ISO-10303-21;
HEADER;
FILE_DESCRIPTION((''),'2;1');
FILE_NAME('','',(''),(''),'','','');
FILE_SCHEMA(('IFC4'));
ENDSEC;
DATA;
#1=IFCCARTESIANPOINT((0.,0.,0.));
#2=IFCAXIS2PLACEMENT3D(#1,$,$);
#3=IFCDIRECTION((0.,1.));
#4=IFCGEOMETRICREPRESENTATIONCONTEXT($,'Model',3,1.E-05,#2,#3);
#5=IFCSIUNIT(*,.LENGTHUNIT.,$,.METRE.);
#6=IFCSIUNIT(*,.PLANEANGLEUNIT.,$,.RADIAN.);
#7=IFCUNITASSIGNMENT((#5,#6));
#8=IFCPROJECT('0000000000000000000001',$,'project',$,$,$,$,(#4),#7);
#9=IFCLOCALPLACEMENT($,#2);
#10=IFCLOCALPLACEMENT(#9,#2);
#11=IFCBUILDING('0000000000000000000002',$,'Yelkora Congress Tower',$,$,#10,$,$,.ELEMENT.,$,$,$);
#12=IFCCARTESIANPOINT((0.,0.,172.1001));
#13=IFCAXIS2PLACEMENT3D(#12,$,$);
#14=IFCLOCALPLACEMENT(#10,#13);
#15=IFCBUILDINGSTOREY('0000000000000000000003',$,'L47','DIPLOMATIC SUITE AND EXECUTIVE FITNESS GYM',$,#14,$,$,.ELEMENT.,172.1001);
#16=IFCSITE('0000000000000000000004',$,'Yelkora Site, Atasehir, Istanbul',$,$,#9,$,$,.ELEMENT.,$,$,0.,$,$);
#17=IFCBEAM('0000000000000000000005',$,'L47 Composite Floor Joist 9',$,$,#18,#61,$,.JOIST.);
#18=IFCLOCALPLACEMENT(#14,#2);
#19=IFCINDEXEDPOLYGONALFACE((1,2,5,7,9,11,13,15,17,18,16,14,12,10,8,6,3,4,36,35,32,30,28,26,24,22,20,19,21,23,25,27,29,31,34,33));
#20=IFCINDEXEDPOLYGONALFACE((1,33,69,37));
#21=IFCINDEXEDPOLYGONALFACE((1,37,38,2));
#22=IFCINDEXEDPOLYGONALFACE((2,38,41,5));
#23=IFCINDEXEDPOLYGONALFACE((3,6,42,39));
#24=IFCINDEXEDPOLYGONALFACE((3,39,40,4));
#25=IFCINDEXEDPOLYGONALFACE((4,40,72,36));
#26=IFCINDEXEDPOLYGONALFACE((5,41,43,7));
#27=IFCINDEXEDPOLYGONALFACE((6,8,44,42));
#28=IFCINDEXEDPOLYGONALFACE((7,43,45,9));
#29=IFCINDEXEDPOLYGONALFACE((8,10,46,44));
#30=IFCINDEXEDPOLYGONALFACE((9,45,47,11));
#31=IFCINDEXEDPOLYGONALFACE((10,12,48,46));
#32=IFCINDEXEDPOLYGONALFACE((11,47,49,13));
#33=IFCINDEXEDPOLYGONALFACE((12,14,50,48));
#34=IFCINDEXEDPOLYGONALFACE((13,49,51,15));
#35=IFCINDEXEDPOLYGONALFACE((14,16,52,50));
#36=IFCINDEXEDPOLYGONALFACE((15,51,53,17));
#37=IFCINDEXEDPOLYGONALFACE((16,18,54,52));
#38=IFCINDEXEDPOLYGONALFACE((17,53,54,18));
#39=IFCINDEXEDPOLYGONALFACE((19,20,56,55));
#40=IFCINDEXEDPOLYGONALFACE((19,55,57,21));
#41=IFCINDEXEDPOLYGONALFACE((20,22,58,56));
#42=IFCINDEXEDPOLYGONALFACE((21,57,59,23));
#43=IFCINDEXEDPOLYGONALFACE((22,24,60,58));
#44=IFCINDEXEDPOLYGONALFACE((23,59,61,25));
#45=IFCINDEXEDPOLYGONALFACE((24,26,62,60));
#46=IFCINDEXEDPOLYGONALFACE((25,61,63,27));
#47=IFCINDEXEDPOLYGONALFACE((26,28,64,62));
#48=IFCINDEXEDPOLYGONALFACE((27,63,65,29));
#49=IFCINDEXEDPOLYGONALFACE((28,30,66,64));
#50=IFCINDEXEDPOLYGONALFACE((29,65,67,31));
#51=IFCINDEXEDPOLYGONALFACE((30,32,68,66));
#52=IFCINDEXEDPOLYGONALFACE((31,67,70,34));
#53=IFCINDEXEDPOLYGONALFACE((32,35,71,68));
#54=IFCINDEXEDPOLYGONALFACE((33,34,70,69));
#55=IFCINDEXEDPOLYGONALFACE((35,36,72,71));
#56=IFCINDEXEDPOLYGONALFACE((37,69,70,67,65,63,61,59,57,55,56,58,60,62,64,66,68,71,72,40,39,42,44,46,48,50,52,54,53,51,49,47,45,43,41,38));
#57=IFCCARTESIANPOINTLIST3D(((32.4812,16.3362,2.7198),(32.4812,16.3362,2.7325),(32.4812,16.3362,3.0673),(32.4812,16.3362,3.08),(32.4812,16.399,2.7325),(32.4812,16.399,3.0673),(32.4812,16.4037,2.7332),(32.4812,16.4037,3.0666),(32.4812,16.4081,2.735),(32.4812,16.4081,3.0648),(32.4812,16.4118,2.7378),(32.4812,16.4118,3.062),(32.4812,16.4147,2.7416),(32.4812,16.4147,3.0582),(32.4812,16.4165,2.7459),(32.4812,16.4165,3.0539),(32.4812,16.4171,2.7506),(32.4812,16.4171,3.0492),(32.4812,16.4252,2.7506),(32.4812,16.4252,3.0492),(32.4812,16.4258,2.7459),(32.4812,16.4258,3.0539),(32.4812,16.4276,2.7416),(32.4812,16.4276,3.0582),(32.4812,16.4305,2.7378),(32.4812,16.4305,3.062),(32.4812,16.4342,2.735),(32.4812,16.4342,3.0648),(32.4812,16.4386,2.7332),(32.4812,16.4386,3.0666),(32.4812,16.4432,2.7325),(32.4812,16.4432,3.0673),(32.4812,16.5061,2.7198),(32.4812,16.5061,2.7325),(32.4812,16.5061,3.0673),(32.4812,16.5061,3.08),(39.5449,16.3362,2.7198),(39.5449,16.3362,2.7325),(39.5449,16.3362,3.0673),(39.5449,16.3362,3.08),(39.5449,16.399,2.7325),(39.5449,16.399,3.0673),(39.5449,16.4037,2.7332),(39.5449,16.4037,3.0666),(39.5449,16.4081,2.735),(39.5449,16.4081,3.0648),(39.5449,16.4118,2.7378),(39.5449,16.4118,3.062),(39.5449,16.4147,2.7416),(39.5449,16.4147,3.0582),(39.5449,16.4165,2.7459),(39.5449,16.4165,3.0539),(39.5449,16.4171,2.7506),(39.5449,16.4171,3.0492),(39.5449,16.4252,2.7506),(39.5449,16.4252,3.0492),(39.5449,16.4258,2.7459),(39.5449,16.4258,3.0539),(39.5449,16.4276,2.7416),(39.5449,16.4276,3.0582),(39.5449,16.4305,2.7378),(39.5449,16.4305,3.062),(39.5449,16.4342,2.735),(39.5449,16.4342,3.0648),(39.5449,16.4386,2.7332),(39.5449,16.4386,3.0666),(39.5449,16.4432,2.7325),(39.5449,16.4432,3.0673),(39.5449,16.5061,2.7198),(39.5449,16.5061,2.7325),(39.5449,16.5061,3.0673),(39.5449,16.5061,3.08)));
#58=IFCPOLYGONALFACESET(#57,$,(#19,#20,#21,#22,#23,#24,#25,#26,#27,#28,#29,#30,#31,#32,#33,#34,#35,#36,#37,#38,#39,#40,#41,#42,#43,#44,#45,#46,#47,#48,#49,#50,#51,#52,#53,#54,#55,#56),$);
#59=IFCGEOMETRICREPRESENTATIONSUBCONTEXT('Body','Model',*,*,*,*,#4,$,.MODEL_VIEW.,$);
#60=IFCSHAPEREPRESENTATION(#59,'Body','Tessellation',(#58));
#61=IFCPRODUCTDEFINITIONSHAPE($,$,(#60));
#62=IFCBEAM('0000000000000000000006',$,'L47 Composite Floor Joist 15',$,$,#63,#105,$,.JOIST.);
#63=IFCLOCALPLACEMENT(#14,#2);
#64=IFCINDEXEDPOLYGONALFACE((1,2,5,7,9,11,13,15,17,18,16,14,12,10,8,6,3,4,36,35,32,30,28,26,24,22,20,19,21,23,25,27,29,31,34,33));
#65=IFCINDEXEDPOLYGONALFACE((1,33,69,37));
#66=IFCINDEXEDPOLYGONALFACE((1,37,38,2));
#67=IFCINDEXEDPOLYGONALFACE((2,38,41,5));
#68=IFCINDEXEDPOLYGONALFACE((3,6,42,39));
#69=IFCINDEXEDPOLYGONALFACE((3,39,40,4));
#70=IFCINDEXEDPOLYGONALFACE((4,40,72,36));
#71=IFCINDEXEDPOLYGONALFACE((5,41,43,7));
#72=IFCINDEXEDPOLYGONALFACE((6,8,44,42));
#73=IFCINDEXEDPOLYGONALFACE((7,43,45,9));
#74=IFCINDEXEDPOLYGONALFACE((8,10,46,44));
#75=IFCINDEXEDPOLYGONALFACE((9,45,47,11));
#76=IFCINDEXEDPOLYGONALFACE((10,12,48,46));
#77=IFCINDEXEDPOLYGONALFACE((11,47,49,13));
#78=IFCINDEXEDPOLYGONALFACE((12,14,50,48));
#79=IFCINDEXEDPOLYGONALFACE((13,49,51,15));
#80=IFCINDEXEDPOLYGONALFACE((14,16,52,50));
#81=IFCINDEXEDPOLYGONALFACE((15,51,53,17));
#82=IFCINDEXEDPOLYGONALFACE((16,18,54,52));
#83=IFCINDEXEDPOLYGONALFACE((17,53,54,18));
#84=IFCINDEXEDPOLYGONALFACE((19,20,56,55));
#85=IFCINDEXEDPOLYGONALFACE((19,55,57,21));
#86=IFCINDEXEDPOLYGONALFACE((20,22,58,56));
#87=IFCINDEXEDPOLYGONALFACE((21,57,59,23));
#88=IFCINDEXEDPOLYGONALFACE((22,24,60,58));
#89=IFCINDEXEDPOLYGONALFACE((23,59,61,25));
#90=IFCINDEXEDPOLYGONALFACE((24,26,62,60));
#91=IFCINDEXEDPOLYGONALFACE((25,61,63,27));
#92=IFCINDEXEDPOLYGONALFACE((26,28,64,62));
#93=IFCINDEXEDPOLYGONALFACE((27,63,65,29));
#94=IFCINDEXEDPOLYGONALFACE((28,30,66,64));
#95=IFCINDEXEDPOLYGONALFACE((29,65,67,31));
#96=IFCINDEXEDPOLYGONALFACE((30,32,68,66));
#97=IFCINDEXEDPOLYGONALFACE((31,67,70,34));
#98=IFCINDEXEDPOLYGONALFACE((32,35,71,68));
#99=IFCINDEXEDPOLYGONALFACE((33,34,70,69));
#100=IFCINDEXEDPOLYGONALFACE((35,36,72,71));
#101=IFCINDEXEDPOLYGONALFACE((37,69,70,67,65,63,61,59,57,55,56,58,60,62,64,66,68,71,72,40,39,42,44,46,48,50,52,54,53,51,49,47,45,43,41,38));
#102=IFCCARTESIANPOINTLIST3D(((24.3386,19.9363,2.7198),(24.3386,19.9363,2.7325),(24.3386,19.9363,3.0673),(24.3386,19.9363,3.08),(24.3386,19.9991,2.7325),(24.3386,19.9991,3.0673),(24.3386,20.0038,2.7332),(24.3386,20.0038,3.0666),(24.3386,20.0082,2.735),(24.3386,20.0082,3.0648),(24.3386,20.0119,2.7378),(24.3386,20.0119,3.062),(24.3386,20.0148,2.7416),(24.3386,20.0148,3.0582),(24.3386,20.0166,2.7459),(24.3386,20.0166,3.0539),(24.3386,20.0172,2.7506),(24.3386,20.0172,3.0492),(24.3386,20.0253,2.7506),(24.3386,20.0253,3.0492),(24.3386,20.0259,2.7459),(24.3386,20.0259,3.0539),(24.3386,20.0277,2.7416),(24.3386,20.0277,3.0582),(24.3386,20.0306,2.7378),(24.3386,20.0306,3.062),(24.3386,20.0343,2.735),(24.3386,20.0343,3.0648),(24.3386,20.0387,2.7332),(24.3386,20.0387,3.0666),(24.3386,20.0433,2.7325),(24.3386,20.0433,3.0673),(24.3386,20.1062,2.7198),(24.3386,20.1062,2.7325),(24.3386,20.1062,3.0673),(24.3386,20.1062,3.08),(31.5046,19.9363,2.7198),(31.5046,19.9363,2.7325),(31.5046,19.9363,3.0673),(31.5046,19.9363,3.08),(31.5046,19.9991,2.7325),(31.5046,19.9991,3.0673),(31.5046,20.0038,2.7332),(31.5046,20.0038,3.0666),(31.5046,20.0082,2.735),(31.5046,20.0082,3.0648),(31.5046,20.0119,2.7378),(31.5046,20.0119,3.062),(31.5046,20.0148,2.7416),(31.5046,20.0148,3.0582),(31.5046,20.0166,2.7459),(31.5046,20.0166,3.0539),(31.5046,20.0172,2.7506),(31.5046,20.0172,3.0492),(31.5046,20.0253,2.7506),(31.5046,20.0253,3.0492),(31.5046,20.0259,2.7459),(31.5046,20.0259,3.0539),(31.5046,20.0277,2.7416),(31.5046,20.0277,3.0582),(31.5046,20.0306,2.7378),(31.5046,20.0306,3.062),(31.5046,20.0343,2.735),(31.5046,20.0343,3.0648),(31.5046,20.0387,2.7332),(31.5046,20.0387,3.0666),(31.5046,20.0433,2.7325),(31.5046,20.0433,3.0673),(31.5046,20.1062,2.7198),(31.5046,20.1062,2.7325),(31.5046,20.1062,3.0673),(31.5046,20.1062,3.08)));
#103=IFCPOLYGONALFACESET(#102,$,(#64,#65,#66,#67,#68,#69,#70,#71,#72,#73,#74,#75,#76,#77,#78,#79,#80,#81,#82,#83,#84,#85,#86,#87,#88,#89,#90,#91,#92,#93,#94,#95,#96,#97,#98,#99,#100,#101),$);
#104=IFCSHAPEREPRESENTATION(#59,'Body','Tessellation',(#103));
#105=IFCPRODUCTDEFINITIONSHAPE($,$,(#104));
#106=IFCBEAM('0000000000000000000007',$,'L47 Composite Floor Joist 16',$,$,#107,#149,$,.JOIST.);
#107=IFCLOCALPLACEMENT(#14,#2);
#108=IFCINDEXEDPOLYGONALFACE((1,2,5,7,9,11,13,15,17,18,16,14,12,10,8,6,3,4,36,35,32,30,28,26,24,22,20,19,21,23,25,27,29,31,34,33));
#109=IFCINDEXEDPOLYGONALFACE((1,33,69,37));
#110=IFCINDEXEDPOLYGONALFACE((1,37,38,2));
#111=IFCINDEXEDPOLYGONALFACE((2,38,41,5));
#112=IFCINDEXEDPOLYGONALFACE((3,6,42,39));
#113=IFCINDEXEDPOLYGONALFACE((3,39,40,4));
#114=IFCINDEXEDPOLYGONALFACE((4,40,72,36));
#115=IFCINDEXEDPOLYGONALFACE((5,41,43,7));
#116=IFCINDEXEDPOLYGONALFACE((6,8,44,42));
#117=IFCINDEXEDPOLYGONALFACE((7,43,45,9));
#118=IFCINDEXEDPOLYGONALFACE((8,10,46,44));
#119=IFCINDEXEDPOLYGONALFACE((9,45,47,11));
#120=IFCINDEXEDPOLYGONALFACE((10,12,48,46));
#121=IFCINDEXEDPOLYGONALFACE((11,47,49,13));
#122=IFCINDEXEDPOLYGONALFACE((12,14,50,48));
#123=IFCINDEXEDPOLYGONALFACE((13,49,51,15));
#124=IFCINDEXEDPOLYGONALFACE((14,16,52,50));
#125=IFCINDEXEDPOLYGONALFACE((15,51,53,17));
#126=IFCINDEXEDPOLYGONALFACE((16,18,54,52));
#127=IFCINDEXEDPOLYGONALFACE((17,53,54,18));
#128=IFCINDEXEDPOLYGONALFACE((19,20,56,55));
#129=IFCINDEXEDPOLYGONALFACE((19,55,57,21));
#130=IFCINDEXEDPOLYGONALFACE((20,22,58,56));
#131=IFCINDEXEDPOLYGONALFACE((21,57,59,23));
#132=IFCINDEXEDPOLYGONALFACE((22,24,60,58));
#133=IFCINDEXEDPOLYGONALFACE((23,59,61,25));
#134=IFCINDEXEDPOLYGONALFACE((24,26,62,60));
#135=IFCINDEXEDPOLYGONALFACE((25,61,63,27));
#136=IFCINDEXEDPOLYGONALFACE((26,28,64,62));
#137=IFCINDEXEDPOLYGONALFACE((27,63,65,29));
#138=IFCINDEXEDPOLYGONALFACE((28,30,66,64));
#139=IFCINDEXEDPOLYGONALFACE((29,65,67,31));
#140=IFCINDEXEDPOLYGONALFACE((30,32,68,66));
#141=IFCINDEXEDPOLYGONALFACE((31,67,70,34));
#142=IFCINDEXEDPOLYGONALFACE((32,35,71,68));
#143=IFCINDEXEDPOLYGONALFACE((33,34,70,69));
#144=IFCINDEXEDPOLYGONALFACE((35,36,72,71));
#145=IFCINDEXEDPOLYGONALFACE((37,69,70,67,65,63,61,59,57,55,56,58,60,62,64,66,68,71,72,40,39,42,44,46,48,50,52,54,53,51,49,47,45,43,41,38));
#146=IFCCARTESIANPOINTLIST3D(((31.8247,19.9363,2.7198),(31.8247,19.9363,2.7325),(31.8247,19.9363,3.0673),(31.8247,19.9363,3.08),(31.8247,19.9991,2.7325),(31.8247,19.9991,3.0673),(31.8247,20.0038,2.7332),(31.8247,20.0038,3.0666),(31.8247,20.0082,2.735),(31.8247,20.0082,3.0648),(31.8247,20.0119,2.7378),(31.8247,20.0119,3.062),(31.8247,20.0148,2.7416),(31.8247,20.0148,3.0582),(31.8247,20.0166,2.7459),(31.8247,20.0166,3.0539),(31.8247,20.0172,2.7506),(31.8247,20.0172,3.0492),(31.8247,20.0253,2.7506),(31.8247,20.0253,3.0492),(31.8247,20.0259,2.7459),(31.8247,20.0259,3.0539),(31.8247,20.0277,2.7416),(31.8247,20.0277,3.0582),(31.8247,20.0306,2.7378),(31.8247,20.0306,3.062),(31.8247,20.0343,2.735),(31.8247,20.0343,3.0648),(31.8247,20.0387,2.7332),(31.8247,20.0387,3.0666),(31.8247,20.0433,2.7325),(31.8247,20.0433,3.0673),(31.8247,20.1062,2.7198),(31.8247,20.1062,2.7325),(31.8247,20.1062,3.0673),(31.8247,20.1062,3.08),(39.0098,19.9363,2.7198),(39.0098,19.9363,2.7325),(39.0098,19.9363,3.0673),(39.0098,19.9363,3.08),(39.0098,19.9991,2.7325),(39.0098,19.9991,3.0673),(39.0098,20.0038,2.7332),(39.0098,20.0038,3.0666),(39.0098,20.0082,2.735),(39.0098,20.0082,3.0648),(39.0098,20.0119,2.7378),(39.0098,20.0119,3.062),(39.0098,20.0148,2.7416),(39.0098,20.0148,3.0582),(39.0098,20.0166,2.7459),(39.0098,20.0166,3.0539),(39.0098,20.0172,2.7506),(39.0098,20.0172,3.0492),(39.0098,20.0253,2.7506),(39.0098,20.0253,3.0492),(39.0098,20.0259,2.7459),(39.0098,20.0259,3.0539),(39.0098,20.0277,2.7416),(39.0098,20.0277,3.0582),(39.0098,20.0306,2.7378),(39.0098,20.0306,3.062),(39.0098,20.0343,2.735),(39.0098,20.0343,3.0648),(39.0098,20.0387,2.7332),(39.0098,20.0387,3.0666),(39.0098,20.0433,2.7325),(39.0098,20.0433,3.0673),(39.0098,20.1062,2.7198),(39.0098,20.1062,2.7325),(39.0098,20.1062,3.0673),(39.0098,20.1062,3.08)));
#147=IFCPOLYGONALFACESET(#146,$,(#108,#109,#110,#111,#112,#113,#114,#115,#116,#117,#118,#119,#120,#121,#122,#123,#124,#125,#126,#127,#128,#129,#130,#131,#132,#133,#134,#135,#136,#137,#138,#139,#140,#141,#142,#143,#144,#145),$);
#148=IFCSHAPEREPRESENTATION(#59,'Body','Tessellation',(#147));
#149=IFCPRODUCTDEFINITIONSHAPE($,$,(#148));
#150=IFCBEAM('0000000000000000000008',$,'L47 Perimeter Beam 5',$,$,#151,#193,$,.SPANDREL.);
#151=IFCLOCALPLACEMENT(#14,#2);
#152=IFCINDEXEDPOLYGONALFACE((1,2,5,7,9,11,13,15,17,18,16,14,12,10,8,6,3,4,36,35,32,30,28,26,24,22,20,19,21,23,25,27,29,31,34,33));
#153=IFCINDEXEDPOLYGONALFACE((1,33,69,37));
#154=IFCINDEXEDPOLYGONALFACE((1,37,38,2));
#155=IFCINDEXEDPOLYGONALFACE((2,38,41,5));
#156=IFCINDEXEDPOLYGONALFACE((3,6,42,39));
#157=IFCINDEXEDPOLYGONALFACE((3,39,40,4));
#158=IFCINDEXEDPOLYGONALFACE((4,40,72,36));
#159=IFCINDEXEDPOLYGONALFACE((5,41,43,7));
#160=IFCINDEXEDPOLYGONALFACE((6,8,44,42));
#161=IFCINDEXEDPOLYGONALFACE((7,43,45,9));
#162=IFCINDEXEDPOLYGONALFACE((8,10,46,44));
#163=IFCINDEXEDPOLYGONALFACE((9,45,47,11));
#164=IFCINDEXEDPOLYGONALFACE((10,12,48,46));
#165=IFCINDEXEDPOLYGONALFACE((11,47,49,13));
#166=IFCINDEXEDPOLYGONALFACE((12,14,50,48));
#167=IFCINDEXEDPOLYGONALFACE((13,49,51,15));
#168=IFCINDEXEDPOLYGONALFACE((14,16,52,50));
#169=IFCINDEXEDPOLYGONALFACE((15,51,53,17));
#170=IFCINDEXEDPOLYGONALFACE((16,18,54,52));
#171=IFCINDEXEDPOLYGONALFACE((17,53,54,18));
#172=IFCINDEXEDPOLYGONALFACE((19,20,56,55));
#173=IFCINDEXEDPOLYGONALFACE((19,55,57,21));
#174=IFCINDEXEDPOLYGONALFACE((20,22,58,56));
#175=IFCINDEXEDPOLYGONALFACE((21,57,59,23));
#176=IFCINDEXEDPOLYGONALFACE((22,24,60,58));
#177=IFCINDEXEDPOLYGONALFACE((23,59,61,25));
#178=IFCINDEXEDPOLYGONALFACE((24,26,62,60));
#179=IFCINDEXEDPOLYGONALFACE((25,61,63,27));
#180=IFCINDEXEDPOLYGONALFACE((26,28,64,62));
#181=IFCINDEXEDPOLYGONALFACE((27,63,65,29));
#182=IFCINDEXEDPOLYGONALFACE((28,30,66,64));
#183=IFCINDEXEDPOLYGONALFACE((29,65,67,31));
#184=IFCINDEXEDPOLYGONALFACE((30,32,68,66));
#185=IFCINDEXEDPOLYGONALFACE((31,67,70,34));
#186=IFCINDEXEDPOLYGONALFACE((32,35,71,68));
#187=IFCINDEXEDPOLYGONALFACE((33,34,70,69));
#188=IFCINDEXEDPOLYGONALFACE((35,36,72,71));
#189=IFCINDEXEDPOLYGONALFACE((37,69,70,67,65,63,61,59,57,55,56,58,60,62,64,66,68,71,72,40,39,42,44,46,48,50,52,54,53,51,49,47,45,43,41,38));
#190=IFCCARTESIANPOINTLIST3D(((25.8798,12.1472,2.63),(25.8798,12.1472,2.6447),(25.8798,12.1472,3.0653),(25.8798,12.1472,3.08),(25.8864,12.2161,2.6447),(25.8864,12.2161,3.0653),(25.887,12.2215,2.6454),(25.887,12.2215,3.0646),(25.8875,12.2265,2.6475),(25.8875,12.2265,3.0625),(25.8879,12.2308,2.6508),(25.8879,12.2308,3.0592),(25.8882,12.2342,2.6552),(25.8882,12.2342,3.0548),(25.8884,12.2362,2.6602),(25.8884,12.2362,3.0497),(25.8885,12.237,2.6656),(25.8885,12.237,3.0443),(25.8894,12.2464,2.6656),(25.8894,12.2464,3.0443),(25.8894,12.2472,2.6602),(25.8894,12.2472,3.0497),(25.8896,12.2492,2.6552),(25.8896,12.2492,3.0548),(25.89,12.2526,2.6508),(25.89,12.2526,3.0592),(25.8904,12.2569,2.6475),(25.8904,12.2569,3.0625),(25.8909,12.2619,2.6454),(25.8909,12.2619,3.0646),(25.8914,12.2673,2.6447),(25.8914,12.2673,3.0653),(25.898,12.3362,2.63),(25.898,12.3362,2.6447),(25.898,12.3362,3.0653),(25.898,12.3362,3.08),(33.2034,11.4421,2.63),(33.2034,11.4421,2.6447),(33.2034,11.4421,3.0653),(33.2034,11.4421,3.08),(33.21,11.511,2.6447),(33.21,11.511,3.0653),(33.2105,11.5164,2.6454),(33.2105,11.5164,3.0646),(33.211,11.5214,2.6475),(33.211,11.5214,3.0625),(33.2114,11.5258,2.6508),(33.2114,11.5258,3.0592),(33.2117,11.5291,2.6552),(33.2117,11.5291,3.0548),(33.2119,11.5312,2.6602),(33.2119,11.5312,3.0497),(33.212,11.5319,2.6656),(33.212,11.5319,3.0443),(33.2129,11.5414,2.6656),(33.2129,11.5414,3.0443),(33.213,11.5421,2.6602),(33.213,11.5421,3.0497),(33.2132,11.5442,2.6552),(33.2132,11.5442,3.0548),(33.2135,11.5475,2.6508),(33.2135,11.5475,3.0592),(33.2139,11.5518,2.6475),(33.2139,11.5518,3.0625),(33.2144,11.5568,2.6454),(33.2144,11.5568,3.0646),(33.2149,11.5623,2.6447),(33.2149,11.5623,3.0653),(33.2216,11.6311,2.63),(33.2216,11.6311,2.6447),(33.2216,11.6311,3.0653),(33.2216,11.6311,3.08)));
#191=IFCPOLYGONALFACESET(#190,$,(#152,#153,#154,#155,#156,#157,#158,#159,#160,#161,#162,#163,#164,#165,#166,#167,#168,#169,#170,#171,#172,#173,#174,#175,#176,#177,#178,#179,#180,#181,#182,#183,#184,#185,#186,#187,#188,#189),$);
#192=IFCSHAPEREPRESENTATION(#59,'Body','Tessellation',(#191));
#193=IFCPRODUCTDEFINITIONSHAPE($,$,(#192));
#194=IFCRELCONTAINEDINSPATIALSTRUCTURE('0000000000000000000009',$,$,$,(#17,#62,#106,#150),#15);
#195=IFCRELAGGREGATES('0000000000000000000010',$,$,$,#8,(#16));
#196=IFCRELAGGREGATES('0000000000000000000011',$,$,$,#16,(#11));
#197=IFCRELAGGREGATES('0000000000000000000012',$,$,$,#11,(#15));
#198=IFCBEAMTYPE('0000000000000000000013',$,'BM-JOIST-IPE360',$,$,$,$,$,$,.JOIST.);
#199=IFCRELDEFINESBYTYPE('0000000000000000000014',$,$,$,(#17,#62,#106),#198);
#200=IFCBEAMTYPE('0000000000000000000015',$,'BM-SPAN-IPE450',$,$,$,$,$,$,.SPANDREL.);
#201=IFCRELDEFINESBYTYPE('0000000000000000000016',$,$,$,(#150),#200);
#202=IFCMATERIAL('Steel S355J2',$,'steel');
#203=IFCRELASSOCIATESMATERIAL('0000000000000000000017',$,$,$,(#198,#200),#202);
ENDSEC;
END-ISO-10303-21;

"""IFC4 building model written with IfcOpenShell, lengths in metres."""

from ifc_helpers import new_model, si_unit, direction, frame, origin, origin_2d, place, context, subcontext, project, spatial, i_section, extrude, material, material_profile, profile_set, type_object, element, save


model = new_model("IFC4")

# Units and contexts
model_context = context("Model", 3, precision=1e-05, world=origin(), true_north=direction((0.0, 1.0)))
body_context = subcontext(model_context, "Body", "Model", "MODEL_VIEW")
ifc_project = project(units=[si_unit("LENGTHUNIT", "METRE"), si_unit("PLANEANGLEUNIT", "RADIAN")], contexts=[model_context])

# Site, building, storey
site_placement = place(None, origin())
site = spatial("IfcSite", under=ifc_project, at=site_placement, Name="Yelkora Site, Atasehir, Istanbul", CompositionType="ELEMENT", RefElevation=0.0)
building_placement = place(site_placement, origin())
building = spatial("IfcBuilding", under=site, at=building_placement, Name="Yelkora Congress Tower", CompositionType="ELEMENT")
storey_placement = place(building_placement, frame((0.0, 0.0, 172.1001)))
storey = spatial("IfcBuildingStorey", under=building, at=storey_placement, Name="L47", Description="DIPLOMATIC SUITE AND EXECUTIVE FITNESS GYM", CompositionType="ELEMENT", Elevation=172.1001)

# Beams
ifc_material_1 = material(Name="Steel S355J2", Category="steel")
ifc_material_profile_1 = material_profile(ifc_material_1, i_section(OverallWidth=0.1699, OverallDepth=0.3601, WebThickness=0.0081, FlangeThickness=0.0127, FilletRadius=0.0181, at=origin_2d()), Name="IPE 360")
ifc_profile_set_1 = profile_set([ifc_material_profile_1], Name="Steel S355J2")
beam_type_1 = type_object("IfcBeamType", Name="BM-JOIST-IPE360", PredefinedType="JOIST", material=ifc_profile_set_1)
beam_1_placement = place(storey_placement, frame((32.4812, 16.4211, 2.8999), z_axis=(1.0, 0.0, 0.0), x_axis=(0.0, 1.0, 0.0)))
element("IfcBeam", 1, at=beam_1_placement, inside=storey, type_object=beam_type_1, Name="L47 Composite Floor Joist 9", PredefinedType="JOIST", context=body_context, shape_type="SweptSolid", body=[
    extrude(i_section(OverallWidth=0.1699, OverallDepth=0.3601, WebThickness=0.0081, FlangeThickness=0.0127, FilletRadius=0.0181, at=origin_2d()), origin(), (0.0, 0.0, 1.0), 7.0637),
])
beam_2_placement = place(storey_placement, frame((24.3386, 20.0212, 2.8999), z_axis=(1.0, 0.0, 0.0), x_axis=(0.0, 1.0, 0.0)))
element("IfcBeam", 2, at=beam_2_placement, inside=storey, type_object=beam_type_1, Name="L47 Composite Floor Joist 15", PredefinedType="JOIST", context=body_context, shape_type="SweptSolid", body=[
    extrude(i_section(OverallWidth=0.1699, OverallDepth=0.3601, WebThickness=0.0081, FlangeThickness=0.0127, FilletRadius=0.0181, at=origin_2d()), origin(), (0.0, 0.0, 1.0), 7.166),
])
beam_3_placement = place(storey_placement, frame((31.8247, 20.0212, 2.8999), z_axis=(1.0, 0.0, 0.0), x_axis=(0.0, 1.0, 0.0)))
element("IfcBeam", 3, at=beam_3_placement, inside=storey, type_object=beam_type_1, Name="L47 Composite Floor Joist 16", PredefinedType="JOIST", context=body_context, shape_type="SweptSolid", body=[
    extrude(i_section(OverallWidth=0.1699, OverallDepth=0.3601, WebThickness=0.0081, FlangeThickness=0.0127, FilletRadius=0.0181, at=origin_2d()), origin(), (0.0, 0.0, 1.0), 7.1851),
])
ifc_material_profile_2 = material_profile(ifc_material_1, i_section(OverallWidth=0.1899, OverallDepth=0.45, WebThickness=0.0095, FlangeThickness=0.0146, FilletRadius=0.021, at=origin_2d()), Name="IPE 450")
ifc_profile_set_2 = profile_set([ifc_material_profile_2], Name="Steel S355J2")
beam_type_2 = type_object("IfcBeamType", Name="BM-SPAN-IPE450", PredefinedType="SPANDREL", material=ifc_profile_set_2)
beam_4_placement = place(storey_placement, frame((25.8889, 12.2417, 2.855), z_axis=(0.995397, -0.095833, 0.0), x_axis=(0.095833, 0.995397, 0.0)))
element("IfcBeam", 4, at=beam_4_placement, inside=storey, type_object=beam_type_2, Name="L47 Perimeter Beam 5", PredefinedType="SPANDREL", context=body_context, shape_type="SweptSolid", body=[
    extrude(i_section(OverallWidth=0.1899, OverallDepth=0.45, WebThickness=0.0095, FlangeThickness=0.0146, FilletRadius=0.021, at=origin_2d()), origin(), (0.0, 0.0, 1.0), 7.3574),
])

save(model, "model.ifc")
